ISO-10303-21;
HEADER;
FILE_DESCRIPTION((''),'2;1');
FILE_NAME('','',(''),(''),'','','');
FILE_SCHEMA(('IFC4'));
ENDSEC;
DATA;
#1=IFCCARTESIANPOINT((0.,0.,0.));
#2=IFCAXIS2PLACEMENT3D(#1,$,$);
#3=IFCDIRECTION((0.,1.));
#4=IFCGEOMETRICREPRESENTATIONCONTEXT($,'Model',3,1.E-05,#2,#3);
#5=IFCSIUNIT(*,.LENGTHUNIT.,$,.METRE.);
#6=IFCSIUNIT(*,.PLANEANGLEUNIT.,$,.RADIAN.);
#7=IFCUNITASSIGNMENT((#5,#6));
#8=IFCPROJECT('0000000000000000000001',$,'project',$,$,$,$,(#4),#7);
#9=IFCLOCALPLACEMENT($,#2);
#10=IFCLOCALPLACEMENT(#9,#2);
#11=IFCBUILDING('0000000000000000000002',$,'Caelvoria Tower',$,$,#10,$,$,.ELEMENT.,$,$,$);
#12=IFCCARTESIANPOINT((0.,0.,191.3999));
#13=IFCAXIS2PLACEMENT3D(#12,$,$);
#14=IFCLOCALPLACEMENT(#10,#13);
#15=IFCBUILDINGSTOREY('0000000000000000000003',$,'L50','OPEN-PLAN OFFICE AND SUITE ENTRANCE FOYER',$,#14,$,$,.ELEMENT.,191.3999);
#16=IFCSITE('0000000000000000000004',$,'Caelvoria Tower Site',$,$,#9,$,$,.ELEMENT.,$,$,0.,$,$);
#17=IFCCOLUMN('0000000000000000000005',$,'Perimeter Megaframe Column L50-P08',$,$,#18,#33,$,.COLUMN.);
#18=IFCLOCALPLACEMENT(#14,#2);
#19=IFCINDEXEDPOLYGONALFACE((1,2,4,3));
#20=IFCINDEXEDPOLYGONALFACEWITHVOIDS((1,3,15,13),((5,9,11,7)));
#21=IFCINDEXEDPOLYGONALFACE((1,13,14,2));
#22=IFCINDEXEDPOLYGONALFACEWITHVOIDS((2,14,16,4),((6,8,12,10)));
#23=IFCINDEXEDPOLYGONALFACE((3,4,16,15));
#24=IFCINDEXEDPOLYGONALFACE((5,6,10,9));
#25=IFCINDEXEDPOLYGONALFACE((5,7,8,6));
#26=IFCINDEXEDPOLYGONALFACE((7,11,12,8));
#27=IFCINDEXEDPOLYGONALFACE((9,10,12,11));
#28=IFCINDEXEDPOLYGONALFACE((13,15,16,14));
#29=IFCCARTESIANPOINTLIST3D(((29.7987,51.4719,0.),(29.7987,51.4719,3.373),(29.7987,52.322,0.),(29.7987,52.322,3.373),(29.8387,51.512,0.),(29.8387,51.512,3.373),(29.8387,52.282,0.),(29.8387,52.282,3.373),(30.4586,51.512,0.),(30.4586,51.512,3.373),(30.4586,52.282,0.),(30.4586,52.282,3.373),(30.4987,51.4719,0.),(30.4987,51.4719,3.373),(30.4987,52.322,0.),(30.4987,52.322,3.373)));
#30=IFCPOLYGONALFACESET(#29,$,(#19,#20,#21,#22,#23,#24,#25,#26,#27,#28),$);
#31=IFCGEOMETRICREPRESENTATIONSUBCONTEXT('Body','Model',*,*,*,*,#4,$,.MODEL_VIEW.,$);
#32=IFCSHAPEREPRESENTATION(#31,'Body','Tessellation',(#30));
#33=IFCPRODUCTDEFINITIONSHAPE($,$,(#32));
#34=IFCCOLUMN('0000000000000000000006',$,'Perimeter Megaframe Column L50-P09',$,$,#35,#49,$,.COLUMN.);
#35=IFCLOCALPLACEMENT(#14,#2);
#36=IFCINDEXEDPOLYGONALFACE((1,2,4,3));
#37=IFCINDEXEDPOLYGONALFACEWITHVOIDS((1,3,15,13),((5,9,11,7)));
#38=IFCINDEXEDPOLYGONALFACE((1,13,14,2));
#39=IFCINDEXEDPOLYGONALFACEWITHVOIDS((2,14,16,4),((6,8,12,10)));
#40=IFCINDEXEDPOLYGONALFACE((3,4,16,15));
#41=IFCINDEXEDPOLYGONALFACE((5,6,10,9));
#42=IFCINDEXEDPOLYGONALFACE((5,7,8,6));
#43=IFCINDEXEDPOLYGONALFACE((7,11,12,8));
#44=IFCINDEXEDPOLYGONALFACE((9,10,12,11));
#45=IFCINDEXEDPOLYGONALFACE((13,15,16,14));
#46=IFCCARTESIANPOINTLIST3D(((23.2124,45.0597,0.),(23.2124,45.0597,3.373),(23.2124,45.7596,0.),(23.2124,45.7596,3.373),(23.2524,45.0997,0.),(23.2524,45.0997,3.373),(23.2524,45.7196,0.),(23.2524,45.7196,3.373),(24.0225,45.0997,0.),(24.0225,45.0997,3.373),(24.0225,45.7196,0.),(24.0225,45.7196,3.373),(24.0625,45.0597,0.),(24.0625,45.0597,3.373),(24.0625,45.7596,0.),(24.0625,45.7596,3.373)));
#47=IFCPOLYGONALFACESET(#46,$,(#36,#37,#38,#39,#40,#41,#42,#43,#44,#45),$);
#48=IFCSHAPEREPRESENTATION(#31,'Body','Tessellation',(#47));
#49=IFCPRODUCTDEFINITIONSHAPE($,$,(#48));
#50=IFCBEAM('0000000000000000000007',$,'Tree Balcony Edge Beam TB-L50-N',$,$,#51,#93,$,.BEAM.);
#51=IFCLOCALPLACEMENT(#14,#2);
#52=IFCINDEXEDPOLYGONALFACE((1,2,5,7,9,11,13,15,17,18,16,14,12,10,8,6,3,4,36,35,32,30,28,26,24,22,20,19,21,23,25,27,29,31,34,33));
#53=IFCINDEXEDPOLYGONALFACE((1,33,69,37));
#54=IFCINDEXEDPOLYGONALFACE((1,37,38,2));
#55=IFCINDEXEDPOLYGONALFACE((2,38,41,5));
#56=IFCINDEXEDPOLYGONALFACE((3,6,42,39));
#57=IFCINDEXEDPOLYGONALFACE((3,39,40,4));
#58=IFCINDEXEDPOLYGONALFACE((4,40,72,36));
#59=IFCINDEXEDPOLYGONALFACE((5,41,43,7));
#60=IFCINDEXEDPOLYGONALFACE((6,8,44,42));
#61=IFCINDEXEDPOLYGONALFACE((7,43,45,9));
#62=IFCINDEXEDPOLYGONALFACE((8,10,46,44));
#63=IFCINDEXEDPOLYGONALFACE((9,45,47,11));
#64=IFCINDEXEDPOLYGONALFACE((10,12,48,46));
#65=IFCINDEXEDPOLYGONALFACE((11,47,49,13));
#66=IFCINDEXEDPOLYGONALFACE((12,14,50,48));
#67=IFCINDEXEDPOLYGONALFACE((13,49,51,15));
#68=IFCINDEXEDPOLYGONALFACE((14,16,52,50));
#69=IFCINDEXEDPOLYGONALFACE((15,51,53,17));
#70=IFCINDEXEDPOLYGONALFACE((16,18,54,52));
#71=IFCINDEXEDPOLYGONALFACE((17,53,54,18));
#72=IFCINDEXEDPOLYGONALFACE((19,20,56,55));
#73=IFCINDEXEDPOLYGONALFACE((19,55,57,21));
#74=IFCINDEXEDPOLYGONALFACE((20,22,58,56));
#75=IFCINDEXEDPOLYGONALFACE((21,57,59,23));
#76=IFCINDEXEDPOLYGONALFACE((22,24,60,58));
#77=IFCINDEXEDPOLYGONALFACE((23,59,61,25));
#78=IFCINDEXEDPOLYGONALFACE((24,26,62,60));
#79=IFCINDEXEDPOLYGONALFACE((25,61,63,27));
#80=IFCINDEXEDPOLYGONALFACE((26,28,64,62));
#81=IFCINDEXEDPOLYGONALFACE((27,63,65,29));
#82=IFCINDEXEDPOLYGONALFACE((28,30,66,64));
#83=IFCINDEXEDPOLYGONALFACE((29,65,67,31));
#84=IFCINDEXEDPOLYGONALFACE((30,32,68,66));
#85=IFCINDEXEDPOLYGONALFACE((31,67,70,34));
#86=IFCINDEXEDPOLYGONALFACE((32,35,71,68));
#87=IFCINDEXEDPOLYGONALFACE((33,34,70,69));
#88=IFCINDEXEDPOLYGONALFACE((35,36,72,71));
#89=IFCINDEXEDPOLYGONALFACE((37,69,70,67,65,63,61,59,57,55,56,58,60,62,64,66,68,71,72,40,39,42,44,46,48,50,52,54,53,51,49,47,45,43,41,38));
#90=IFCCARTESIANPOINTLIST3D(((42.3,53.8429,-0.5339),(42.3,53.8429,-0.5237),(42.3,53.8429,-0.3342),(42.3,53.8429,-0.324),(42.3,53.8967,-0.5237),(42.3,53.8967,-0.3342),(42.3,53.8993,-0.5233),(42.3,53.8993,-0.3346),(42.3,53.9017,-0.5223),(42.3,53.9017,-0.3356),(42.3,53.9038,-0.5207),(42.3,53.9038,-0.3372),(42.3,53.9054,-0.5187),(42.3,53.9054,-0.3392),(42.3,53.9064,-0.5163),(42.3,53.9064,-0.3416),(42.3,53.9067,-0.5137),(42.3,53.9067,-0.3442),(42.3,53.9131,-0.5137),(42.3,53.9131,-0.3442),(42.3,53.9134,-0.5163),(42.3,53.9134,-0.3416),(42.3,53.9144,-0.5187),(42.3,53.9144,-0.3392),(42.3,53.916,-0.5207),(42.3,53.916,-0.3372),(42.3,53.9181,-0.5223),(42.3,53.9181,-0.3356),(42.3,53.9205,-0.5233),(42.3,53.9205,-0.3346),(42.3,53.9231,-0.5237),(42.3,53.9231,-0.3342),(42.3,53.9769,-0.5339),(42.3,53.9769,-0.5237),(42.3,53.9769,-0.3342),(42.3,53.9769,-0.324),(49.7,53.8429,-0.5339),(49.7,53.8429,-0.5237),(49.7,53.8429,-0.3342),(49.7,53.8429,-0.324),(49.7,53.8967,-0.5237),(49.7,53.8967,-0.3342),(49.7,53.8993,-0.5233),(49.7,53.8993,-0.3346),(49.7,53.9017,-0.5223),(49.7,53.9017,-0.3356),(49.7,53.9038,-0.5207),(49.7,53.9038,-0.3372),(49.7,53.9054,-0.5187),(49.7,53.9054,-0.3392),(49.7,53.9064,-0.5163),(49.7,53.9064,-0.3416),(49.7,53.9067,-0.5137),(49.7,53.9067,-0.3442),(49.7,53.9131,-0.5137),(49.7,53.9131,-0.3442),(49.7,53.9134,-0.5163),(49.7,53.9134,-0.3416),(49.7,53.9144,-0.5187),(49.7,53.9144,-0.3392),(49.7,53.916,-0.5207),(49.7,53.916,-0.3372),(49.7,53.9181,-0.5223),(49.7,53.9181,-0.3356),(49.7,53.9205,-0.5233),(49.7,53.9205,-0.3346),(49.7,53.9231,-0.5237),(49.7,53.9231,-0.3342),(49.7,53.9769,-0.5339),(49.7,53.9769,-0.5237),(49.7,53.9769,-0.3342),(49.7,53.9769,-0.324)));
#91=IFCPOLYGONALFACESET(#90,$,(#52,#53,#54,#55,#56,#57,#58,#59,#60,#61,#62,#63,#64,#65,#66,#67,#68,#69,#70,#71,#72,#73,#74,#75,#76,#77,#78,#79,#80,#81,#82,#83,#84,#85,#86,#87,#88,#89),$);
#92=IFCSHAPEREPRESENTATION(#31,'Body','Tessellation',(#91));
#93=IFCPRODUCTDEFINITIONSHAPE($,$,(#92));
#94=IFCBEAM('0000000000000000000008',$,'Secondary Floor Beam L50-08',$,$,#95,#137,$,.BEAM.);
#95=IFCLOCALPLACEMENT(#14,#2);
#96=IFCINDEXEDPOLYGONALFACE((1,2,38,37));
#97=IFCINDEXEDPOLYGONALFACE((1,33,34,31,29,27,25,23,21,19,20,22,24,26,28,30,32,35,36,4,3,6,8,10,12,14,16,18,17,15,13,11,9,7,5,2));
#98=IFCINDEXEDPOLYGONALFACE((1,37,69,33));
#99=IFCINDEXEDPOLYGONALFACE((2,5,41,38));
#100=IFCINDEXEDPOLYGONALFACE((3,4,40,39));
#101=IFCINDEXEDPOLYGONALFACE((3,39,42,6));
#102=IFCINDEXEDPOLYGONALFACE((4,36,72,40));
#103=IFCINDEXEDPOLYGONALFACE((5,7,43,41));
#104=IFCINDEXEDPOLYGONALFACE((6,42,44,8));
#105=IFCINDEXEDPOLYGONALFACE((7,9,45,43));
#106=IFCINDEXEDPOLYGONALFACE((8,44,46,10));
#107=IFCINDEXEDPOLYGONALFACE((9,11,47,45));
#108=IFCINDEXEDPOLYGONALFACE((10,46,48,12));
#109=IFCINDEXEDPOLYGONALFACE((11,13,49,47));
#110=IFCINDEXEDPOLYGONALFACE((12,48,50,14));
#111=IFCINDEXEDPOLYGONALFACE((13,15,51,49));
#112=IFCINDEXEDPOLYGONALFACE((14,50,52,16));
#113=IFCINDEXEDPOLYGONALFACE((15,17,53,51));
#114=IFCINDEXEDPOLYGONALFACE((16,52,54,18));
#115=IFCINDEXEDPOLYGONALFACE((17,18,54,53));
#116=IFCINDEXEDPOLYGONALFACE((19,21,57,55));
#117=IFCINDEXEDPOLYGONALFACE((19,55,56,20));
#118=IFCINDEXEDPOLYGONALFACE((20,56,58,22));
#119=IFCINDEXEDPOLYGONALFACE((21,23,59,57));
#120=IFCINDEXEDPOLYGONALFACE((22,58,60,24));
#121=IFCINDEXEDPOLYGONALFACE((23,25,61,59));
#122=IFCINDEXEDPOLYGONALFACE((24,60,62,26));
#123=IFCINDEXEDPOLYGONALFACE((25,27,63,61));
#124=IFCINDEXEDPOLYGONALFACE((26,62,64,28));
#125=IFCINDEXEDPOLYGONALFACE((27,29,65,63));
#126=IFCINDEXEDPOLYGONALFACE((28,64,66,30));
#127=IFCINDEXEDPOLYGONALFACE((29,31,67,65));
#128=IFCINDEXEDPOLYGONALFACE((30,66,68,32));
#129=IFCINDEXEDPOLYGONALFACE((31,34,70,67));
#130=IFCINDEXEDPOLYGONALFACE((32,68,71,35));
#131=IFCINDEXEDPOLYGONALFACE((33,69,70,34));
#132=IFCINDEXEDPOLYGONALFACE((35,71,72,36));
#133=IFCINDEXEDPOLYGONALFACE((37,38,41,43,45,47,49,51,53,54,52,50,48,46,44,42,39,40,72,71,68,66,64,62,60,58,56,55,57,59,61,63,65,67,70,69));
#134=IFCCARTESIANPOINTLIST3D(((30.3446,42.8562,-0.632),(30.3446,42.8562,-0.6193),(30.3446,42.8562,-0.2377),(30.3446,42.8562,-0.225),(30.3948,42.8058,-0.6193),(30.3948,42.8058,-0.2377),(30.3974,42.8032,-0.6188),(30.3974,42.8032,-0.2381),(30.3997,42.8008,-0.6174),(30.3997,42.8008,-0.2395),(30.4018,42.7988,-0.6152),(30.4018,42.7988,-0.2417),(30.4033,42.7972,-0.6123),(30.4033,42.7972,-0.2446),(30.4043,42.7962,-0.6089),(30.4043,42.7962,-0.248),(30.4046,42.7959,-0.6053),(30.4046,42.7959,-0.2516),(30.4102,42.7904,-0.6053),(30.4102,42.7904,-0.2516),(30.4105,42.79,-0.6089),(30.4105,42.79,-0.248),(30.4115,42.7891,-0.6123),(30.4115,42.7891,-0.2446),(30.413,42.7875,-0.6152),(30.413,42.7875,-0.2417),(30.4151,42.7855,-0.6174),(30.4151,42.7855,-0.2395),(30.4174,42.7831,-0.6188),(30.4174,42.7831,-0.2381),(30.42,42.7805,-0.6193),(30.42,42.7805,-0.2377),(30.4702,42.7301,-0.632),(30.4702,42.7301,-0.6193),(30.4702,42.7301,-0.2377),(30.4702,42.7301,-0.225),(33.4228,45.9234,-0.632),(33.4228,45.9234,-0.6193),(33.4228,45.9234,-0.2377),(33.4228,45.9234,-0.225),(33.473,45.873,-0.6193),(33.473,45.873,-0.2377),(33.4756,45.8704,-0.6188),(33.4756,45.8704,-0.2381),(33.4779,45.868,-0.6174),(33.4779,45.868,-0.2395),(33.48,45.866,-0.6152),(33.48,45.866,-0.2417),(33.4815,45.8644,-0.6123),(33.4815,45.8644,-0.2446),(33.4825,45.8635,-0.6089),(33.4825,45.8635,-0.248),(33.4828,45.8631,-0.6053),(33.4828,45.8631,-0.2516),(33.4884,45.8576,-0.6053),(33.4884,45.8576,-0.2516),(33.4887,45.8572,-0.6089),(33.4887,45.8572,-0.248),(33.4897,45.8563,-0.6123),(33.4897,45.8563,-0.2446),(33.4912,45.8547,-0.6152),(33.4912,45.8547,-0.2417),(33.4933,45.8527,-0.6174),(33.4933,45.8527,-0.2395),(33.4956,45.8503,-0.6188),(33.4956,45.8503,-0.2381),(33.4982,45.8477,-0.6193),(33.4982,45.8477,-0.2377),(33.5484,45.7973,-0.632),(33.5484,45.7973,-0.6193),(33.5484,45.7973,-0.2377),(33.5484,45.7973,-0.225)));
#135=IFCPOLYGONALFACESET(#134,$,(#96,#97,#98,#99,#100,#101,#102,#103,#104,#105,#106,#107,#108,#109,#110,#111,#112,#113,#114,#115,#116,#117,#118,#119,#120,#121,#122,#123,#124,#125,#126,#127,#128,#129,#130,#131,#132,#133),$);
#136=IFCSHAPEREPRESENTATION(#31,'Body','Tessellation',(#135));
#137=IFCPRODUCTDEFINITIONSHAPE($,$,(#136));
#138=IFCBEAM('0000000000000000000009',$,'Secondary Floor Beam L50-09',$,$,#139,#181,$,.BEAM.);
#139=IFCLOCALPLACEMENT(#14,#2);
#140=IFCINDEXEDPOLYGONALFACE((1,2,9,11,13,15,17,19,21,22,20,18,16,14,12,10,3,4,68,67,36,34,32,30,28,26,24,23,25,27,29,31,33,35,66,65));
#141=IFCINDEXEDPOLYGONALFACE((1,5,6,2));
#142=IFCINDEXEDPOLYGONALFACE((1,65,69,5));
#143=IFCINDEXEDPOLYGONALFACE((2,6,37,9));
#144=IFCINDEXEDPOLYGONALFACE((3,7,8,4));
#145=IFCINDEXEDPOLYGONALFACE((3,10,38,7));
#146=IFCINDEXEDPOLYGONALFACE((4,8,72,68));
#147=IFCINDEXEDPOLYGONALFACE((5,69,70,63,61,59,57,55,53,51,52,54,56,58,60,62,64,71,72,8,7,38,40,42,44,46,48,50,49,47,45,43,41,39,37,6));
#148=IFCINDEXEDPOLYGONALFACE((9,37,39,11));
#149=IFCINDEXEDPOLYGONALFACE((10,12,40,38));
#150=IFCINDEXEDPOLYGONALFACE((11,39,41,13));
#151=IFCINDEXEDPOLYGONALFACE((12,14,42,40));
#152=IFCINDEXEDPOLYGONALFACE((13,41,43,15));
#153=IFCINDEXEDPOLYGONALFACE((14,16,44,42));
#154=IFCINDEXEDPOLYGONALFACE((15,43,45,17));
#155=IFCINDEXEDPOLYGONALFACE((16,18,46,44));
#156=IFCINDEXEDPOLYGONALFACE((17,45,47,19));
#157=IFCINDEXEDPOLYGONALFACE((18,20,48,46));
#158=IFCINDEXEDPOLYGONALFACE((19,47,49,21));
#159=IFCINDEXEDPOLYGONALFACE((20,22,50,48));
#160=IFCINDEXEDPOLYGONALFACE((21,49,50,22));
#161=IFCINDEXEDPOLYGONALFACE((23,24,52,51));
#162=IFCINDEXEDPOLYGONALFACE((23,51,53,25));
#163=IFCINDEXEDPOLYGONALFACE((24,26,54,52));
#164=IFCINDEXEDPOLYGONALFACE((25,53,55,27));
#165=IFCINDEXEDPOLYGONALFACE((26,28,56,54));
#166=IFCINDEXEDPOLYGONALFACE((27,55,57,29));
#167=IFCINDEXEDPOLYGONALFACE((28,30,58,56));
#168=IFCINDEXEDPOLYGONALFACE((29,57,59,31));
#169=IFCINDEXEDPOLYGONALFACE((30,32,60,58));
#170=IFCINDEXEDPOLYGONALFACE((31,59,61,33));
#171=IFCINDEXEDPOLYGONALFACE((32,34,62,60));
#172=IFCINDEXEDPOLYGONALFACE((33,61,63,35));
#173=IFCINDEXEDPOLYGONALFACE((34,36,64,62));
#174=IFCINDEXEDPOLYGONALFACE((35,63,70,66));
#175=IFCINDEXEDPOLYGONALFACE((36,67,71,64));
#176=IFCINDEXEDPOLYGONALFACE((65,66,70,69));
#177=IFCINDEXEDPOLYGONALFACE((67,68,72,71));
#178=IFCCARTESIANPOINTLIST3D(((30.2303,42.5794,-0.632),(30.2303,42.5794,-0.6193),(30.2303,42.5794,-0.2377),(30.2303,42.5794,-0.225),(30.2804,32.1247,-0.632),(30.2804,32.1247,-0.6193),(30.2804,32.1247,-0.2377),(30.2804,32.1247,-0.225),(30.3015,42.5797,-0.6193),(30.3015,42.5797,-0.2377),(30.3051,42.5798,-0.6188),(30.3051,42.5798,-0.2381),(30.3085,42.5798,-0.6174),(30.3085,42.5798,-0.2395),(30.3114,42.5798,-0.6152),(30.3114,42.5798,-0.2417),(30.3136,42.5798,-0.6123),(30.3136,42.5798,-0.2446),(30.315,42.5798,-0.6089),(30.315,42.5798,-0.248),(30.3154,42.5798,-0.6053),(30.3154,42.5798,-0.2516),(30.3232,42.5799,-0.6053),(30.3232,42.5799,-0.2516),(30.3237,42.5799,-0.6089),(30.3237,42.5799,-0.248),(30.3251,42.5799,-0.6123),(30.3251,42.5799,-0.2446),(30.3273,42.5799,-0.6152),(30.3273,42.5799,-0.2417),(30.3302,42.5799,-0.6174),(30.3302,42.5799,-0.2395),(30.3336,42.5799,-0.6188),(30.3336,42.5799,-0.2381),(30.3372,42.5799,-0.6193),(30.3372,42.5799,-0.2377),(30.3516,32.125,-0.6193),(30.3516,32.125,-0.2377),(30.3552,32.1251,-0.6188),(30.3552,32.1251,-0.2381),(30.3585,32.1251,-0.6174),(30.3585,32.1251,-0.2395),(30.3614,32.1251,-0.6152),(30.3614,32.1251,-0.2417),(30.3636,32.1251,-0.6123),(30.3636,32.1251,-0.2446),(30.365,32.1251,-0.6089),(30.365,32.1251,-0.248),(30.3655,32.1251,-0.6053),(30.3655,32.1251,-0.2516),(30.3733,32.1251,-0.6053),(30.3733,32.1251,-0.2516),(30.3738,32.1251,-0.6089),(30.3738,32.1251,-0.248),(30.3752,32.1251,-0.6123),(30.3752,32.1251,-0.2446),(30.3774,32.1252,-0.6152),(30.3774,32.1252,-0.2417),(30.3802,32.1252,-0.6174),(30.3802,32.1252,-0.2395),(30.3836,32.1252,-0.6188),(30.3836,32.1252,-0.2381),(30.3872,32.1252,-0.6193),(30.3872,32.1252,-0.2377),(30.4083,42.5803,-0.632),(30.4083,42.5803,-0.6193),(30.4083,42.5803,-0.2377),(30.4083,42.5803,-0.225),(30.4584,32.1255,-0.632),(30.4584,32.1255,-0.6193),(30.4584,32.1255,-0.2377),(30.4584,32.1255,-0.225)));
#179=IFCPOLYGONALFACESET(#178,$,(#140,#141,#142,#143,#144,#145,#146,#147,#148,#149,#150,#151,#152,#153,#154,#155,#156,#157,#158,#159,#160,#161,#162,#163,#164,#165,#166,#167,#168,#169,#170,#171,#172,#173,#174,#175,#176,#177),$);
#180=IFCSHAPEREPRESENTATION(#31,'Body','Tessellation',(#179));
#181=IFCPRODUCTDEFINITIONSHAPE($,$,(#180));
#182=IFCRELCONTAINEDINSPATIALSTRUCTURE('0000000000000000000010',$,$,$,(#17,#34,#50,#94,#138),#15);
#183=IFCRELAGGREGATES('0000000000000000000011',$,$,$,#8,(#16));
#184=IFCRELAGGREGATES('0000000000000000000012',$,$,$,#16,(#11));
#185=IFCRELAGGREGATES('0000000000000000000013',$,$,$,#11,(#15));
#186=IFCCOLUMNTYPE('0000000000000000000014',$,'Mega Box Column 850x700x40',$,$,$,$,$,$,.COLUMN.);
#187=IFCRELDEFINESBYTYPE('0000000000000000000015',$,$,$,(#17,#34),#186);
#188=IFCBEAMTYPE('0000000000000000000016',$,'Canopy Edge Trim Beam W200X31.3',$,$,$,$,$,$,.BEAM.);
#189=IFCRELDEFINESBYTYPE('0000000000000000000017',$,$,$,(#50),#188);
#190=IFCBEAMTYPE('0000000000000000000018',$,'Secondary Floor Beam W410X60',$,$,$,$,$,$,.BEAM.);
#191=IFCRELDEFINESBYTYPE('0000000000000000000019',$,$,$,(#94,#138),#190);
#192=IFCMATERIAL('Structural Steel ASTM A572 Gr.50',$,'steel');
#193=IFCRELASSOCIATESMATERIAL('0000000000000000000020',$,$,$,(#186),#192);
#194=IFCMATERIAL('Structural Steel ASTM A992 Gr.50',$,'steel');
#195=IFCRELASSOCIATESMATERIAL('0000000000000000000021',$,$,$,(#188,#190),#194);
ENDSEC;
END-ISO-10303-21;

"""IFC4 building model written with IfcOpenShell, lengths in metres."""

from ifc_helpers import new_model, si_unit, direction, frame, origin, origin_2d, place, context, subcontext, project, spatial, hollow_rectangle, i_section, extrude, material, material_profile, profile_set, type_object, element, save


model = new_model("IFC4")

# Units and contexts
model_context = context("Model", 3, precision=1e-05, world=origin(), true_north=direction((0.0, 1.0)))
body_context = subcontext(model_context, "Body", "Model", "MODEL_VIEW")
ifc_project = project(units=[si_unit("LENGTHUNIT", "METRE"), si_unit("PLANEANGLEUNIT", "RADIAN")], contexts=[model_context])

# Site, building, storey
site_placement = place(None, origin())
site = spatial("IfcSite", under=ifc_project, at=site_placement, Name="Caelvoria Tower Site", CompositionType="ELEMENT", RefElevation=0.0)
building_placement = place(site_placement, origin())
building = spatial("IfcBuilding", under=site, at=building_placement, Name="Caelvoria Tower", CompositionType="ELEMENT")
storey_placement = place(building_placement, frame((0.0, 0.0, 191.3999)))
storey = spatial("IfcBuildingStorey", under=building, at=storey_placement, Name="L50", Description="OPEN-PLAN OFFICE AND SUITE ENTRANCE FOYER", CompositionType="ELEMENT", Elevation=191.3999)

# Columns
ifc_material_1 = material(Name="Structural Steel ASTM A572 Gr.50", Category="steel")
ifc_material_profile_1 = material_profile(ifc_material_1, hollow_rectangle(XDim=0.7, YDim=0.8501, WallThickness=0.04, at=origin_2d()), Name="Structural Steel ASTM A572 Gr.50")
ifc_profile_set_1 = profile_set([ifc_material_profile_1], Name="BOX850X700X40 - Structural Steel ASTM A572 Gr.50")
column_type = type_object("IfcColumnType", Name="Mega Box Column 850x700x40", PredefinedType="COLUMN", material=ifc_profile_set_1)
for number, where, z_axis, x_axis, name in (
    (1, (30.1487, 51.897, 0.0), (0.0, 0.0, 1.0), (1.0, 0.0, 0.0), "Perimeter Megaframe Column L50-P08"),
    (2, (23.6375, 45.4097, 0.0), (0.0, 0.0, 1.0), (0.0, 1.0, 0.0), "Perimeter Megaframe Column L50-P09"),
):
    element("IfcColumn", number, at=place(storey_placement, frame(where, z_axis=z_axis, x_axis=x_axis)), inside=storey, type_object=column_type, Name=name, PredefinedType="COLUMN", context=body_context, shape_type="SweptSolid", body=[
        extrude(hollow_rectangle(XDim=0.7, YDim=0.8501, WallThickness=0.04, at=origin_2d()), origin(), (0.0, 0.0, 1.0), 3.373),
    ])

# Beams
ifc_material_2 = material(Name="Structural Steel ASTM A992 Gr.50", Category="steel")
ifc_material_profile_2 = material_profile(ifc_material_2, i_section(OverallWidth=0.134, OverallDepth=0.21, WebThickness=0.0063, FlangeThickness=0.0103, FilletRadius=0.01, at=origin_2d()), Name="Structural Steel ASTM A992 Gr.50")
ifc_profile_set_2 = profile_set([ifc_material_profile_2], Name="W200X31.3 - Structural Steel ASTM A992 Gr.50")
beam_type_1 = type_object("IfcBeamType", Name="Canopy Edge Trim Beam W200X31.3", PredefinedType="BEAM", material=ifc_profile_set_2)
beam_1_placement = place(storey_placement, frame((42.3, 53.9099, -0.429), z_axis=(1.0, 0.0, 0.0), x_axis=(0.0, 1.0, 0.0)))
element("IfcBeam", 3, at=beam_1_placement, inside=storey, type_object=beam_type_1, Name="Tree Balcony Edge Beam TB-L50-N", PredefinedType="BEAM", context=body_context, shape_type="SweptSolid", body=[
    extrude(i_section(OverallWidth=0.134, OverallDepth=0.21, WebThickness=0.0063, FlangeThickness=0.0103, FilletRadius=0.01, at=origin_2d()), origin(), (0.0, 0.0, 1.0), 7.3999),
])
ifc_material_profile_3 = material_profile(ifc_material_2, i_section(OverallWidth=0.178, OverallDepth=0.407, WebThickness=0.0078, FlangeThickness=0.0127, FilletRadius=0.0139, at=origin_2d()), Name="Structural Steel ASTM A992 Gr.50")
ifc_profile_set_3 = profile_set([ifc_material_profile_3], Name="W410X60 - Structural Steel ASTM A992 Gr.50")
beam_type_2 = type_object("IfcBeamType", Name="Secondary Floor Beam W410X60", PredefinedType="BEAM", material=ifc_profile_set_3)
beam_2_placement = place(storey_placement, frame((33.4856, 45.8604, -0.4285), z_axis=(-0.70837, -0.705842, 0.0), x_axis=(0.705842, -0.70837, 0.0)))
element("IfcBeam", 4, at=beam_2_placement, inside=storey, type_object=beam_type_2, Name="Secondary Floor Beam L50-08", PredefinedType="BEAM", context=body_context, shape_type="SweptSolid", body=[
    extrude(i_section(OverallWidth=0.178, OverallDepth=0.407, WebThickness=0.0078, FlangeThickness=0.0127, FilletRadius=0.0139, at=origin_2d()), origin(), (0.0, 0.0, 1.0), 4.3455),
])
beam_3_placement = place(storey_placement, frame((30.3193, 42.5798, -0.4285), z_axis=(0.004787, -0.999989, 0.0), x_axis=(0.999989, 0.004787, 0.0)))
element("IfcBeam", 5, at=beam_3_placement, inside=storey, type_object=beam_type_2, Name="Secondary Floor Beam L50-09", PredefinedType="BEAM", context=body_context, shape_type="SweptSolid", body=[
    extrude(i_section(OverallWidth=0.178, OverallDepth=0.407, WebThickness=0.0078, FlangeThickness=0.0127, FilletRadius=0.0139, at=origin_2d()), origin(), (0.0, 0.0, 1.0), 10.4548),
])

save(model, "model.ifc")
